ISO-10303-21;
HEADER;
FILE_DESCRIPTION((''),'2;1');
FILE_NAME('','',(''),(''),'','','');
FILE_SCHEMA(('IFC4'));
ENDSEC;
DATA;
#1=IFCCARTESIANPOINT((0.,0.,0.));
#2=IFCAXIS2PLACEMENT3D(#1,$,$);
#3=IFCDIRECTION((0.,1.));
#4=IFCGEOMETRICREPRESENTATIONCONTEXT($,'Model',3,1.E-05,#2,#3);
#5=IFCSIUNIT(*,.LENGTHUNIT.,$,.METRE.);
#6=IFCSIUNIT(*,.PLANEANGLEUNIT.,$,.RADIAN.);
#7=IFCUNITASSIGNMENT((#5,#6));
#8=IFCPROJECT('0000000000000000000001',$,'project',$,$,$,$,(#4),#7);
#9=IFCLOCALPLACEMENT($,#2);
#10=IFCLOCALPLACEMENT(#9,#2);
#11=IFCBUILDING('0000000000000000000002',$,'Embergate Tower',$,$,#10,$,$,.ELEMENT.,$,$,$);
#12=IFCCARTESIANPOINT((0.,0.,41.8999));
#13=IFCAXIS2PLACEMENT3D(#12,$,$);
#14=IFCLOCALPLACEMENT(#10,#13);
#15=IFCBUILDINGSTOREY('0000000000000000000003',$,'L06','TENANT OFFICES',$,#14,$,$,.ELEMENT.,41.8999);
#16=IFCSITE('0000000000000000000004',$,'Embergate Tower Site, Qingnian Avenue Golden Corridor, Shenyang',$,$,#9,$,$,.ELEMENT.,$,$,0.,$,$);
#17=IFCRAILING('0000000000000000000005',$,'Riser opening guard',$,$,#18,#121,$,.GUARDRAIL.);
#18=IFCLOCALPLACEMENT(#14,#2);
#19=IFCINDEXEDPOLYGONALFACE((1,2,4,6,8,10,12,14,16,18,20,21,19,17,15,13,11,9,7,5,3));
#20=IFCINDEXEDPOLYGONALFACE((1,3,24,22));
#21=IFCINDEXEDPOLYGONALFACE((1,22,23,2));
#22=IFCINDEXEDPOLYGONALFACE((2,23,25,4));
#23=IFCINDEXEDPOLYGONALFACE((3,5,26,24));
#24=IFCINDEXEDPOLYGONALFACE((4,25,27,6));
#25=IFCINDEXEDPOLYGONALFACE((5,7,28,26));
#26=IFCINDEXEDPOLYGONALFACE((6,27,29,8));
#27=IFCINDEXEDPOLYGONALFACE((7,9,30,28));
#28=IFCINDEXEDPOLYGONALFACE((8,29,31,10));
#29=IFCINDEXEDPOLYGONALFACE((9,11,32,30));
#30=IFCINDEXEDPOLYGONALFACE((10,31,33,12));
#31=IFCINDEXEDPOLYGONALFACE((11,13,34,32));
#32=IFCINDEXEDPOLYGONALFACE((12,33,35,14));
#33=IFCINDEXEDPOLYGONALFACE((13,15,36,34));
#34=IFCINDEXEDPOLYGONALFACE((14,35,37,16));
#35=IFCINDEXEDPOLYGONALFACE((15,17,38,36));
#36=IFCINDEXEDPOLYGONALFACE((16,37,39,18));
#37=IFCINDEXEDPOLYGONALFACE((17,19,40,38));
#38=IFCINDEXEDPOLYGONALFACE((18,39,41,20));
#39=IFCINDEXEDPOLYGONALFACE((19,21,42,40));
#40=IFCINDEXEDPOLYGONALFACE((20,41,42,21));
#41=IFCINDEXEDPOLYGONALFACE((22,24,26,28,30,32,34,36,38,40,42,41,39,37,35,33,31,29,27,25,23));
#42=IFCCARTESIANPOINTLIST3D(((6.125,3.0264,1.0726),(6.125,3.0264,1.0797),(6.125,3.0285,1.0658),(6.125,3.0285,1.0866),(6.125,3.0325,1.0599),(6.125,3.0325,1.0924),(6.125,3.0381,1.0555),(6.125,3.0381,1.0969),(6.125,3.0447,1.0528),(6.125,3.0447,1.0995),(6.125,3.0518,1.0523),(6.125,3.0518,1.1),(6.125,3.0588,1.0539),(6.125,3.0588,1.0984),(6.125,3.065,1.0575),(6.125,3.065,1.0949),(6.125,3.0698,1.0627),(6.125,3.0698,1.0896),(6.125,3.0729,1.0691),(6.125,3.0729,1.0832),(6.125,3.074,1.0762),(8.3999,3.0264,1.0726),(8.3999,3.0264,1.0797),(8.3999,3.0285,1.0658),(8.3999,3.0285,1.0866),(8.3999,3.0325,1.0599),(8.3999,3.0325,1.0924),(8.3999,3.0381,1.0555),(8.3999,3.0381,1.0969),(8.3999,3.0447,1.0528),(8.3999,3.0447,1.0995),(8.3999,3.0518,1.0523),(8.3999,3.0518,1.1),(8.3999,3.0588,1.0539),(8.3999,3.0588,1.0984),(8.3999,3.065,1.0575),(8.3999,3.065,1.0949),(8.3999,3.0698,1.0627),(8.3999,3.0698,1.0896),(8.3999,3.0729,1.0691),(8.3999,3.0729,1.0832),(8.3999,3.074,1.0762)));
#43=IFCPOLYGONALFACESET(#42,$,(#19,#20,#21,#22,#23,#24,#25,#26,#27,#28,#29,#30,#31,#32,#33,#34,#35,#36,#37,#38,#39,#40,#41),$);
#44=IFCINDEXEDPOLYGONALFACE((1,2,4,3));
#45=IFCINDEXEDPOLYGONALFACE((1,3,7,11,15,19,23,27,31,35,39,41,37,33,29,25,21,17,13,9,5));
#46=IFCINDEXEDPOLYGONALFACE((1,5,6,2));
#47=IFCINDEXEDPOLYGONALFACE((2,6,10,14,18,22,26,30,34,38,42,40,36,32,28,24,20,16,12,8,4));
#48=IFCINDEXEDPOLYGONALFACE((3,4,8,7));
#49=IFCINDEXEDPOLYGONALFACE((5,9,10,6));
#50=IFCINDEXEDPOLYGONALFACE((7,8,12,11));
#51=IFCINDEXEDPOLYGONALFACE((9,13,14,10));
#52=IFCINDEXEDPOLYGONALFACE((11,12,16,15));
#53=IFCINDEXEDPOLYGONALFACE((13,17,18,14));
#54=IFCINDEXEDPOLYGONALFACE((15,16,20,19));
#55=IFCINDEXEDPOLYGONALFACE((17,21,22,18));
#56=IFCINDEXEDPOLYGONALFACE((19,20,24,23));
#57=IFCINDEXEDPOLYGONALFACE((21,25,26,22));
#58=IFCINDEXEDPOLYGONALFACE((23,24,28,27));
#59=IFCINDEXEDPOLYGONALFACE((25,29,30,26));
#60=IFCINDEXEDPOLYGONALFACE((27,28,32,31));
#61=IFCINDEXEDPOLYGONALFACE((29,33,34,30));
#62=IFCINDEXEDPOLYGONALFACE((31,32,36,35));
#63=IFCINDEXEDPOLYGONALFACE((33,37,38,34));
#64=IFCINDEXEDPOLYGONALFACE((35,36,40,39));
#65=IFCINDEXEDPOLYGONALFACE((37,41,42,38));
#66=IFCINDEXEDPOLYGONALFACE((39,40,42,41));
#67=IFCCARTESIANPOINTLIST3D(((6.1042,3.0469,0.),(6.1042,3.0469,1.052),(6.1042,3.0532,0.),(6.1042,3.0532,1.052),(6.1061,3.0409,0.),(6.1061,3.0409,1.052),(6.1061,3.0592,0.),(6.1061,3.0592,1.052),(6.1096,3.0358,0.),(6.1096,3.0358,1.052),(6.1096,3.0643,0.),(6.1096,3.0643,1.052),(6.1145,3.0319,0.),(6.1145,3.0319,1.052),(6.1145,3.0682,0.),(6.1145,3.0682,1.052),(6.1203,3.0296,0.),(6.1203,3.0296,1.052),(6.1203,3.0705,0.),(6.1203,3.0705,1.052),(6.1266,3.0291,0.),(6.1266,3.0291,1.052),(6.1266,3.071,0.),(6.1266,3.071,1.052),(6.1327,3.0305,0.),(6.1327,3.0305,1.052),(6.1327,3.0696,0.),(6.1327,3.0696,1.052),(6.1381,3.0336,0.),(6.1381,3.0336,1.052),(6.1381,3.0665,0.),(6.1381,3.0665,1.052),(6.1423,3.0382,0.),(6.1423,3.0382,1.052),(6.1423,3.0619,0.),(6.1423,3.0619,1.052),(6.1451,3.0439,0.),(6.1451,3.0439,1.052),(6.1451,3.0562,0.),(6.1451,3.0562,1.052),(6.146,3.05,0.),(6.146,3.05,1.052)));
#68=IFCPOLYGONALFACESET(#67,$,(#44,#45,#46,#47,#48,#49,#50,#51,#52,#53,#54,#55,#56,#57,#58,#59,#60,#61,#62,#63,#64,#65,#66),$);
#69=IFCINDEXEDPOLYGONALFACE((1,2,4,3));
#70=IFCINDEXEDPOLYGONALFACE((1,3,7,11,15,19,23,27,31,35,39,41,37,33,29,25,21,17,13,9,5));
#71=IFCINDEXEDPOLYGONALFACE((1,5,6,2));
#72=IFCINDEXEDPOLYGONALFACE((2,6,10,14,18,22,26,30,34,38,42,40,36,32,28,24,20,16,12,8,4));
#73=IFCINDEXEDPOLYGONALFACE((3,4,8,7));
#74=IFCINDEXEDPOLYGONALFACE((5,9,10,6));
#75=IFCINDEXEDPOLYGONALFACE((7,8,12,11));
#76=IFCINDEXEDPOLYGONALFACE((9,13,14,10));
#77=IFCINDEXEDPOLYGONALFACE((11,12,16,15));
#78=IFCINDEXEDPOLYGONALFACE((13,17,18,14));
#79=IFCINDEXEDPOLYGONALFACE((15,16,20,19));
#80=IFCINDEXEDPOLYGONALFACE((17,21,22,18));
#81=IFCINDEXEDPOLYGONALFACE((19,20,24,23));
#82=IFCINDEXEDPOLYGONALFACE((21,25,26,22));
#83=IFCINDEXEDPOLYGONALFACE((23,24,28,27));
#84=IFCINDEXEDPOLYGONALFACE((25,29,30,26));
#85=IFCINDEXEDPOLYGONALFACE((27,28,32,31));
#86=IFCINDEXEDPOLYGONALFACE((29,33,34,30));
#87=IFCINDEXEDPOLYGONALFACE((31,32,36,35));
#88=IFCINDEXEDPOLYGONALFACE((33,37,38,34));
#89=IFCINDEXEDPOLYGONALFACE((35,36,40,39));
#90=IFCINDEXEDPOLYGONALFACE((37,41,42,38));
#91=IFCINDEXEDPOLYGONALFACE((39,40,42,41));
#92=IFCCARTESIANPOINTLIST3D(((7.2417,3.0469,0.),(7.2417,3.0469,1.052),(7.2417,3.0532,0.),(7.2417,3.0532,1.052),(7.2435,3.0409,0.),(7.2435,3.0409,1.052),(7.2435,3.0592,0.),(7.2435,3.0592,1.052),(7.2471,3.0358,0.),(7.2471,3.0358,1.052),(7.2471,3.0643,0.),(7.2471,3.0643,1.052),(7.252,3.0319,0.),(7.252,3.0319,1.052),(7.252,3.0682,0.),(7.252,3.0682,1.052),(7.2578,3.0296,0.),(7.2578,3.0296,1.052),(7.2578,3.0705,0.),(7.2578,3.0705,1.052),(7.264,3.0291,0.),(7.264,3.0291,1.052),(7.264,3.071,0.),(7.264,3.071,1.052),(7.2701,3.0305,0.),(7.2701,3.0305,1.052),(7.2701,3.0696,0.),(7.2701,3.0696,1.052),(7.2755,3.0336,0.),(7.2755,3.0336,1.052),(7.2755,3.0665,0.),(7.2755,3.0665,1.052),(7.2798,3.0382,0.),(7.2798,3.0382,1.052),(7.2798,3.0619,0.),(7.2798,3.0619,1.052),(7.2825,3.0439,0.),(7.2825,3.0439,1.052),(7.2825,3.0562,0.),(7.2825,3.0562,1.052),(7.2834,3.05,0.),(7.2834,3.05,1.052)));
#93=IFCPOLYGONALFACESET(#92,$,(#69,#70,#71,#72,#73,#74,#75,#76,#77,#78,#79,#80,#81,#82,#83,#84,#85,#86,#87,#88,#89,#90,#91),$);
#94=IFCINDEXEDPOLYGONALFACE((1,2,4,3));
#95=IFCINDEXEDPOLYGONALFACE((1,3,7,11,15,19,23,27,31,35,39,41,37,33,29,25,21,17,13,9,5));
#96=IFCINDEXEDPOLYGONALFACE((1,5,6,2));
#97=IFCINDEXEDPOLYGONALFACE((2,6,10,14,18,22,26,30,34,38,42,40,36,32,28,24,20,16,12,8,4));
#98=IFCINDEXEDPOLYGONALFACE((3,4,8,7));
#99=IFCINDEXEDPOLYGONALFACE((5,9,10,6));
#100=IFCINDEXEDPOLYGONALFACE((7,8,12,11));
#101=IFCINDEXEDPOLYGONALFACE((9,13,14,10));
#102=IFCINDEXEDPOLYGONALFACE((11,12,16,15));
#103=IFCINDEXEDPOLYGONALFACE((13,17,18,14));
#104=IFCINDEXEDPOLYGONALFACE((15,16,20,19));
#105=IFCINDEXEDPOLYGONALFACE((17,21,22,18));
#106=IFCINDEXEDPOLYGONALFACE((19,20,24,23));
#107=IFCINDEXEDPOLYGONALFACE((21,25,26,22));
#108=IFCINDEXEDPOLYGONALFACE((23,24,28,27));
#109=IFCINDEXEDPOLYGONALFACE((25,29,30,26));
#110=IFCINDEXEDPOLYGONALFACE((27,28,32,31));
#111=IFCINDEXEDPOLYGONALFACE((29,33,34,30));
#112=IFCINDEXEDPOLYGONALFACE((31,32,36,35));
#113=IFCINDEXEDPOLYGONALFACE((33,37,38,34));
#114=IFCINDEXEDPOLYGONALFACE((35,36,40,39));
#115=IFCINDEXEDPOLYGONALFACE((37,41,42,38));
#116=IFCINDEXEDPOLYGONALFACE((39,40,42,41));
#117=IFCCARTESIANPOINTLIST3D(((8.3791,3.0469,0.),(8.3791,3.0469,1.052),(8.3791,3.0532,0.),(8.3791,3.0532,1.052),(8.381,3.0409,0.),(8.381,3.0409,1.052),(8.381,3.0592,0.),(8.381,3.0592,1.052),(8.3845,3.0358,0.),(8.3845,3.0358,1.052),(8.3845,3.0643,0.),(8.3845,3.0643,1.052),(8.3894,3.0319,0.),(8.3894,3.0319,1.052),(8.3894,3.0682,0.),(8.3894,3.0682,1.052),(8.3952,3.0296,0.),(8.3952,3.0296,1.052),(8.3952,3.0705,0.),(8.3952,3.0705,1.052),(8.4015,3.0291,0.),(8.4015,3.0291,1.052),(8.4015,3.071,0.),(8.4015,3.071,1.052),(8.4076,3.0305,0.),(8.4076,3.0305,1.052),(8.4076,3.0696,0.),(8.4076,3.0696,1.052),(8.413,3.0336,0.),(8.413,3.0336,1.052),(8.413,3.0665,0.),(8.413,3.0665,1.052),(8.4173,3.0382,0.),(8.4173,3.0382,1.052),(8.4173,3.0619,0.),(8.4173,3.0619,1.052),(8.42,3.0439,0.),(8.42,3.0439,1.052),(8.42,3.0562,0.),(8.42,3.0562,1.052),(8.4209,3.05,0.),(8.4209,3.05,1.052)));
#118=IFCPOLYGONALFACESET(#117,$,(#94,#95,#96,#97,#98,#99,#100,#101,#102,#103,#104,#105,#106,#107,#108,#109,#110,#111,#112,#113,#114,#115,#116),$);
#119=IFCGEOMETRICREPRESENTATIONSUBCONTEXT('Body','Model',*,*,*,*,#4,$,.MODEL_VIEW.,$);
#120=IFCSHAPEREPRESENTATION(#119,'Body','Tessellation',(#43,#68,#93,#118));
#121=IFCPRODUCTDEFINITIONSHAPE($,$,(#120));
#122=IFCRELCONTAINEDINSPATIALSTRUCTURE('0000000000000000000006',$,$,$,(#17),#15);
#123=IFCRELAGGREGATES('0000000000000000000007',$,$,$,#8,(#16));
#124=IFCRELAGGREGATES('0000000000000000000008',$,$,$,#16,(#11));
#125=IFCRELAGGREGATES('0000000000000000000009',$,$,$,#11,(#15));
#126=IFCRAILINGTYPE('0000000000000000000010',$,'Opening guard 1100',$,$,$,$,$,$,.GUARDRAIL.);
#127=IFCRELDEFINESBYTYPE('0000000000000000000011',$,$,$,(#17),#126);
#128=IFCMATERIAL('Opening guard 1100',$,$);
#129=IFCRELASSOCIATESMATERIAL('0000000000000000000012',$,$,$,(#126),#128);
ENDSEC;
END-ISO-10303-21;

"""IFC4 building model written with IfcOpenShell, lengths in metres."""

from ifc_helpers import new_model, si_unit, direction, frame, origin, origin_2d, place, context, subcontext, project, spatial, circle, extrude, source, transform, mapped, material, type_object, element, save


model = new_model("IFC4")

# Units and contexts
model_context = context("Model", 3, precision=1e-05, world=origin(), true_north=direction((0.0, 1.0)))
body_context = subcontext(model_context, "Body", "Model", "MODEL_VIEW")
ifc_project = project(units=[si_unit("LENGTHUNIT", "METRE"), si_unit("PLANEANGLEUNIT", "RADIAN")], contexts=[model_context])

# Site, building, storey
site_placement = place(None, origin())
site = spatial("IfcSite", under=ifc_project, at=site_placement, Name="Embergate Tower Site, Qingnian Avenue Golden Corridor, Shenyang", CompositionType="ELEMENT", RefElevation=0.0)
building_placement = place(site_placement, origin())
building = spatial("IfcBuilding", under=site, at=building_placement, Name="Embergate Tower", CompositionType="ELEMENT")
storey_placement = place(building_placement, frame((0.0, 0.0, 41.8999)))
storey = spatial("IfcBuildingStorey", under=building, at=storey_placement, Name="L06", Description="TENANT OFFICES", CompositionType="ELEMENT", Elevation=41.8999)

# Railing
ifc_material_1 = material(Name="Opening guard 1100")
railing_type_1 = type_object("IfcRailingType", Name="Opening guard 1100", PredefinedType="GUARDRAIL", material=ifc_material_1)
shared_shape_1 = source(origin(), body_context, "Body", "SweptSolid", [
    extrude(circle(Radius=0.0239, at=origin_2d()), frame((0.0, 0.0, 1.0762), z_axis=(1.0, 0.0, 0.0), x_axis=(0.0, 1.0, 0.0)), (0.0, 0.0, 1.0), 2.2749),
    extrude(circle(Radius=0.021, at=origin_2d()), origin(), (0.0, 0.0, 1.0), 1.052),
    extrude(circle(Radius=0.021, at=origin_2d()), frame((1.1375, 0.0, 0.0)), (0.0, 0.0, 1.0), 1.052),
    extrude(circle(Radius=0.021, at=origin_2d()), frame((2.2749, 0.0, 0.0)), (0.0, 0.0, 1.0), 1.052),
])
railing_1_placement = place(storey_placement, frame((6.125, 3.05, 0.0)))
element("IfcRailing", 1, at=railing_1_placement, inside=storey, type_object=railing_type_1, Name="Riser opening guard", PredefinedType="GUARDRAIL", context=body_context, shape_type="MappedRepresentation", body=[
    mapped(shared_shape_1, transform((0.0, 0.0, 0.0))),
])

save(model, "model.ifc")
